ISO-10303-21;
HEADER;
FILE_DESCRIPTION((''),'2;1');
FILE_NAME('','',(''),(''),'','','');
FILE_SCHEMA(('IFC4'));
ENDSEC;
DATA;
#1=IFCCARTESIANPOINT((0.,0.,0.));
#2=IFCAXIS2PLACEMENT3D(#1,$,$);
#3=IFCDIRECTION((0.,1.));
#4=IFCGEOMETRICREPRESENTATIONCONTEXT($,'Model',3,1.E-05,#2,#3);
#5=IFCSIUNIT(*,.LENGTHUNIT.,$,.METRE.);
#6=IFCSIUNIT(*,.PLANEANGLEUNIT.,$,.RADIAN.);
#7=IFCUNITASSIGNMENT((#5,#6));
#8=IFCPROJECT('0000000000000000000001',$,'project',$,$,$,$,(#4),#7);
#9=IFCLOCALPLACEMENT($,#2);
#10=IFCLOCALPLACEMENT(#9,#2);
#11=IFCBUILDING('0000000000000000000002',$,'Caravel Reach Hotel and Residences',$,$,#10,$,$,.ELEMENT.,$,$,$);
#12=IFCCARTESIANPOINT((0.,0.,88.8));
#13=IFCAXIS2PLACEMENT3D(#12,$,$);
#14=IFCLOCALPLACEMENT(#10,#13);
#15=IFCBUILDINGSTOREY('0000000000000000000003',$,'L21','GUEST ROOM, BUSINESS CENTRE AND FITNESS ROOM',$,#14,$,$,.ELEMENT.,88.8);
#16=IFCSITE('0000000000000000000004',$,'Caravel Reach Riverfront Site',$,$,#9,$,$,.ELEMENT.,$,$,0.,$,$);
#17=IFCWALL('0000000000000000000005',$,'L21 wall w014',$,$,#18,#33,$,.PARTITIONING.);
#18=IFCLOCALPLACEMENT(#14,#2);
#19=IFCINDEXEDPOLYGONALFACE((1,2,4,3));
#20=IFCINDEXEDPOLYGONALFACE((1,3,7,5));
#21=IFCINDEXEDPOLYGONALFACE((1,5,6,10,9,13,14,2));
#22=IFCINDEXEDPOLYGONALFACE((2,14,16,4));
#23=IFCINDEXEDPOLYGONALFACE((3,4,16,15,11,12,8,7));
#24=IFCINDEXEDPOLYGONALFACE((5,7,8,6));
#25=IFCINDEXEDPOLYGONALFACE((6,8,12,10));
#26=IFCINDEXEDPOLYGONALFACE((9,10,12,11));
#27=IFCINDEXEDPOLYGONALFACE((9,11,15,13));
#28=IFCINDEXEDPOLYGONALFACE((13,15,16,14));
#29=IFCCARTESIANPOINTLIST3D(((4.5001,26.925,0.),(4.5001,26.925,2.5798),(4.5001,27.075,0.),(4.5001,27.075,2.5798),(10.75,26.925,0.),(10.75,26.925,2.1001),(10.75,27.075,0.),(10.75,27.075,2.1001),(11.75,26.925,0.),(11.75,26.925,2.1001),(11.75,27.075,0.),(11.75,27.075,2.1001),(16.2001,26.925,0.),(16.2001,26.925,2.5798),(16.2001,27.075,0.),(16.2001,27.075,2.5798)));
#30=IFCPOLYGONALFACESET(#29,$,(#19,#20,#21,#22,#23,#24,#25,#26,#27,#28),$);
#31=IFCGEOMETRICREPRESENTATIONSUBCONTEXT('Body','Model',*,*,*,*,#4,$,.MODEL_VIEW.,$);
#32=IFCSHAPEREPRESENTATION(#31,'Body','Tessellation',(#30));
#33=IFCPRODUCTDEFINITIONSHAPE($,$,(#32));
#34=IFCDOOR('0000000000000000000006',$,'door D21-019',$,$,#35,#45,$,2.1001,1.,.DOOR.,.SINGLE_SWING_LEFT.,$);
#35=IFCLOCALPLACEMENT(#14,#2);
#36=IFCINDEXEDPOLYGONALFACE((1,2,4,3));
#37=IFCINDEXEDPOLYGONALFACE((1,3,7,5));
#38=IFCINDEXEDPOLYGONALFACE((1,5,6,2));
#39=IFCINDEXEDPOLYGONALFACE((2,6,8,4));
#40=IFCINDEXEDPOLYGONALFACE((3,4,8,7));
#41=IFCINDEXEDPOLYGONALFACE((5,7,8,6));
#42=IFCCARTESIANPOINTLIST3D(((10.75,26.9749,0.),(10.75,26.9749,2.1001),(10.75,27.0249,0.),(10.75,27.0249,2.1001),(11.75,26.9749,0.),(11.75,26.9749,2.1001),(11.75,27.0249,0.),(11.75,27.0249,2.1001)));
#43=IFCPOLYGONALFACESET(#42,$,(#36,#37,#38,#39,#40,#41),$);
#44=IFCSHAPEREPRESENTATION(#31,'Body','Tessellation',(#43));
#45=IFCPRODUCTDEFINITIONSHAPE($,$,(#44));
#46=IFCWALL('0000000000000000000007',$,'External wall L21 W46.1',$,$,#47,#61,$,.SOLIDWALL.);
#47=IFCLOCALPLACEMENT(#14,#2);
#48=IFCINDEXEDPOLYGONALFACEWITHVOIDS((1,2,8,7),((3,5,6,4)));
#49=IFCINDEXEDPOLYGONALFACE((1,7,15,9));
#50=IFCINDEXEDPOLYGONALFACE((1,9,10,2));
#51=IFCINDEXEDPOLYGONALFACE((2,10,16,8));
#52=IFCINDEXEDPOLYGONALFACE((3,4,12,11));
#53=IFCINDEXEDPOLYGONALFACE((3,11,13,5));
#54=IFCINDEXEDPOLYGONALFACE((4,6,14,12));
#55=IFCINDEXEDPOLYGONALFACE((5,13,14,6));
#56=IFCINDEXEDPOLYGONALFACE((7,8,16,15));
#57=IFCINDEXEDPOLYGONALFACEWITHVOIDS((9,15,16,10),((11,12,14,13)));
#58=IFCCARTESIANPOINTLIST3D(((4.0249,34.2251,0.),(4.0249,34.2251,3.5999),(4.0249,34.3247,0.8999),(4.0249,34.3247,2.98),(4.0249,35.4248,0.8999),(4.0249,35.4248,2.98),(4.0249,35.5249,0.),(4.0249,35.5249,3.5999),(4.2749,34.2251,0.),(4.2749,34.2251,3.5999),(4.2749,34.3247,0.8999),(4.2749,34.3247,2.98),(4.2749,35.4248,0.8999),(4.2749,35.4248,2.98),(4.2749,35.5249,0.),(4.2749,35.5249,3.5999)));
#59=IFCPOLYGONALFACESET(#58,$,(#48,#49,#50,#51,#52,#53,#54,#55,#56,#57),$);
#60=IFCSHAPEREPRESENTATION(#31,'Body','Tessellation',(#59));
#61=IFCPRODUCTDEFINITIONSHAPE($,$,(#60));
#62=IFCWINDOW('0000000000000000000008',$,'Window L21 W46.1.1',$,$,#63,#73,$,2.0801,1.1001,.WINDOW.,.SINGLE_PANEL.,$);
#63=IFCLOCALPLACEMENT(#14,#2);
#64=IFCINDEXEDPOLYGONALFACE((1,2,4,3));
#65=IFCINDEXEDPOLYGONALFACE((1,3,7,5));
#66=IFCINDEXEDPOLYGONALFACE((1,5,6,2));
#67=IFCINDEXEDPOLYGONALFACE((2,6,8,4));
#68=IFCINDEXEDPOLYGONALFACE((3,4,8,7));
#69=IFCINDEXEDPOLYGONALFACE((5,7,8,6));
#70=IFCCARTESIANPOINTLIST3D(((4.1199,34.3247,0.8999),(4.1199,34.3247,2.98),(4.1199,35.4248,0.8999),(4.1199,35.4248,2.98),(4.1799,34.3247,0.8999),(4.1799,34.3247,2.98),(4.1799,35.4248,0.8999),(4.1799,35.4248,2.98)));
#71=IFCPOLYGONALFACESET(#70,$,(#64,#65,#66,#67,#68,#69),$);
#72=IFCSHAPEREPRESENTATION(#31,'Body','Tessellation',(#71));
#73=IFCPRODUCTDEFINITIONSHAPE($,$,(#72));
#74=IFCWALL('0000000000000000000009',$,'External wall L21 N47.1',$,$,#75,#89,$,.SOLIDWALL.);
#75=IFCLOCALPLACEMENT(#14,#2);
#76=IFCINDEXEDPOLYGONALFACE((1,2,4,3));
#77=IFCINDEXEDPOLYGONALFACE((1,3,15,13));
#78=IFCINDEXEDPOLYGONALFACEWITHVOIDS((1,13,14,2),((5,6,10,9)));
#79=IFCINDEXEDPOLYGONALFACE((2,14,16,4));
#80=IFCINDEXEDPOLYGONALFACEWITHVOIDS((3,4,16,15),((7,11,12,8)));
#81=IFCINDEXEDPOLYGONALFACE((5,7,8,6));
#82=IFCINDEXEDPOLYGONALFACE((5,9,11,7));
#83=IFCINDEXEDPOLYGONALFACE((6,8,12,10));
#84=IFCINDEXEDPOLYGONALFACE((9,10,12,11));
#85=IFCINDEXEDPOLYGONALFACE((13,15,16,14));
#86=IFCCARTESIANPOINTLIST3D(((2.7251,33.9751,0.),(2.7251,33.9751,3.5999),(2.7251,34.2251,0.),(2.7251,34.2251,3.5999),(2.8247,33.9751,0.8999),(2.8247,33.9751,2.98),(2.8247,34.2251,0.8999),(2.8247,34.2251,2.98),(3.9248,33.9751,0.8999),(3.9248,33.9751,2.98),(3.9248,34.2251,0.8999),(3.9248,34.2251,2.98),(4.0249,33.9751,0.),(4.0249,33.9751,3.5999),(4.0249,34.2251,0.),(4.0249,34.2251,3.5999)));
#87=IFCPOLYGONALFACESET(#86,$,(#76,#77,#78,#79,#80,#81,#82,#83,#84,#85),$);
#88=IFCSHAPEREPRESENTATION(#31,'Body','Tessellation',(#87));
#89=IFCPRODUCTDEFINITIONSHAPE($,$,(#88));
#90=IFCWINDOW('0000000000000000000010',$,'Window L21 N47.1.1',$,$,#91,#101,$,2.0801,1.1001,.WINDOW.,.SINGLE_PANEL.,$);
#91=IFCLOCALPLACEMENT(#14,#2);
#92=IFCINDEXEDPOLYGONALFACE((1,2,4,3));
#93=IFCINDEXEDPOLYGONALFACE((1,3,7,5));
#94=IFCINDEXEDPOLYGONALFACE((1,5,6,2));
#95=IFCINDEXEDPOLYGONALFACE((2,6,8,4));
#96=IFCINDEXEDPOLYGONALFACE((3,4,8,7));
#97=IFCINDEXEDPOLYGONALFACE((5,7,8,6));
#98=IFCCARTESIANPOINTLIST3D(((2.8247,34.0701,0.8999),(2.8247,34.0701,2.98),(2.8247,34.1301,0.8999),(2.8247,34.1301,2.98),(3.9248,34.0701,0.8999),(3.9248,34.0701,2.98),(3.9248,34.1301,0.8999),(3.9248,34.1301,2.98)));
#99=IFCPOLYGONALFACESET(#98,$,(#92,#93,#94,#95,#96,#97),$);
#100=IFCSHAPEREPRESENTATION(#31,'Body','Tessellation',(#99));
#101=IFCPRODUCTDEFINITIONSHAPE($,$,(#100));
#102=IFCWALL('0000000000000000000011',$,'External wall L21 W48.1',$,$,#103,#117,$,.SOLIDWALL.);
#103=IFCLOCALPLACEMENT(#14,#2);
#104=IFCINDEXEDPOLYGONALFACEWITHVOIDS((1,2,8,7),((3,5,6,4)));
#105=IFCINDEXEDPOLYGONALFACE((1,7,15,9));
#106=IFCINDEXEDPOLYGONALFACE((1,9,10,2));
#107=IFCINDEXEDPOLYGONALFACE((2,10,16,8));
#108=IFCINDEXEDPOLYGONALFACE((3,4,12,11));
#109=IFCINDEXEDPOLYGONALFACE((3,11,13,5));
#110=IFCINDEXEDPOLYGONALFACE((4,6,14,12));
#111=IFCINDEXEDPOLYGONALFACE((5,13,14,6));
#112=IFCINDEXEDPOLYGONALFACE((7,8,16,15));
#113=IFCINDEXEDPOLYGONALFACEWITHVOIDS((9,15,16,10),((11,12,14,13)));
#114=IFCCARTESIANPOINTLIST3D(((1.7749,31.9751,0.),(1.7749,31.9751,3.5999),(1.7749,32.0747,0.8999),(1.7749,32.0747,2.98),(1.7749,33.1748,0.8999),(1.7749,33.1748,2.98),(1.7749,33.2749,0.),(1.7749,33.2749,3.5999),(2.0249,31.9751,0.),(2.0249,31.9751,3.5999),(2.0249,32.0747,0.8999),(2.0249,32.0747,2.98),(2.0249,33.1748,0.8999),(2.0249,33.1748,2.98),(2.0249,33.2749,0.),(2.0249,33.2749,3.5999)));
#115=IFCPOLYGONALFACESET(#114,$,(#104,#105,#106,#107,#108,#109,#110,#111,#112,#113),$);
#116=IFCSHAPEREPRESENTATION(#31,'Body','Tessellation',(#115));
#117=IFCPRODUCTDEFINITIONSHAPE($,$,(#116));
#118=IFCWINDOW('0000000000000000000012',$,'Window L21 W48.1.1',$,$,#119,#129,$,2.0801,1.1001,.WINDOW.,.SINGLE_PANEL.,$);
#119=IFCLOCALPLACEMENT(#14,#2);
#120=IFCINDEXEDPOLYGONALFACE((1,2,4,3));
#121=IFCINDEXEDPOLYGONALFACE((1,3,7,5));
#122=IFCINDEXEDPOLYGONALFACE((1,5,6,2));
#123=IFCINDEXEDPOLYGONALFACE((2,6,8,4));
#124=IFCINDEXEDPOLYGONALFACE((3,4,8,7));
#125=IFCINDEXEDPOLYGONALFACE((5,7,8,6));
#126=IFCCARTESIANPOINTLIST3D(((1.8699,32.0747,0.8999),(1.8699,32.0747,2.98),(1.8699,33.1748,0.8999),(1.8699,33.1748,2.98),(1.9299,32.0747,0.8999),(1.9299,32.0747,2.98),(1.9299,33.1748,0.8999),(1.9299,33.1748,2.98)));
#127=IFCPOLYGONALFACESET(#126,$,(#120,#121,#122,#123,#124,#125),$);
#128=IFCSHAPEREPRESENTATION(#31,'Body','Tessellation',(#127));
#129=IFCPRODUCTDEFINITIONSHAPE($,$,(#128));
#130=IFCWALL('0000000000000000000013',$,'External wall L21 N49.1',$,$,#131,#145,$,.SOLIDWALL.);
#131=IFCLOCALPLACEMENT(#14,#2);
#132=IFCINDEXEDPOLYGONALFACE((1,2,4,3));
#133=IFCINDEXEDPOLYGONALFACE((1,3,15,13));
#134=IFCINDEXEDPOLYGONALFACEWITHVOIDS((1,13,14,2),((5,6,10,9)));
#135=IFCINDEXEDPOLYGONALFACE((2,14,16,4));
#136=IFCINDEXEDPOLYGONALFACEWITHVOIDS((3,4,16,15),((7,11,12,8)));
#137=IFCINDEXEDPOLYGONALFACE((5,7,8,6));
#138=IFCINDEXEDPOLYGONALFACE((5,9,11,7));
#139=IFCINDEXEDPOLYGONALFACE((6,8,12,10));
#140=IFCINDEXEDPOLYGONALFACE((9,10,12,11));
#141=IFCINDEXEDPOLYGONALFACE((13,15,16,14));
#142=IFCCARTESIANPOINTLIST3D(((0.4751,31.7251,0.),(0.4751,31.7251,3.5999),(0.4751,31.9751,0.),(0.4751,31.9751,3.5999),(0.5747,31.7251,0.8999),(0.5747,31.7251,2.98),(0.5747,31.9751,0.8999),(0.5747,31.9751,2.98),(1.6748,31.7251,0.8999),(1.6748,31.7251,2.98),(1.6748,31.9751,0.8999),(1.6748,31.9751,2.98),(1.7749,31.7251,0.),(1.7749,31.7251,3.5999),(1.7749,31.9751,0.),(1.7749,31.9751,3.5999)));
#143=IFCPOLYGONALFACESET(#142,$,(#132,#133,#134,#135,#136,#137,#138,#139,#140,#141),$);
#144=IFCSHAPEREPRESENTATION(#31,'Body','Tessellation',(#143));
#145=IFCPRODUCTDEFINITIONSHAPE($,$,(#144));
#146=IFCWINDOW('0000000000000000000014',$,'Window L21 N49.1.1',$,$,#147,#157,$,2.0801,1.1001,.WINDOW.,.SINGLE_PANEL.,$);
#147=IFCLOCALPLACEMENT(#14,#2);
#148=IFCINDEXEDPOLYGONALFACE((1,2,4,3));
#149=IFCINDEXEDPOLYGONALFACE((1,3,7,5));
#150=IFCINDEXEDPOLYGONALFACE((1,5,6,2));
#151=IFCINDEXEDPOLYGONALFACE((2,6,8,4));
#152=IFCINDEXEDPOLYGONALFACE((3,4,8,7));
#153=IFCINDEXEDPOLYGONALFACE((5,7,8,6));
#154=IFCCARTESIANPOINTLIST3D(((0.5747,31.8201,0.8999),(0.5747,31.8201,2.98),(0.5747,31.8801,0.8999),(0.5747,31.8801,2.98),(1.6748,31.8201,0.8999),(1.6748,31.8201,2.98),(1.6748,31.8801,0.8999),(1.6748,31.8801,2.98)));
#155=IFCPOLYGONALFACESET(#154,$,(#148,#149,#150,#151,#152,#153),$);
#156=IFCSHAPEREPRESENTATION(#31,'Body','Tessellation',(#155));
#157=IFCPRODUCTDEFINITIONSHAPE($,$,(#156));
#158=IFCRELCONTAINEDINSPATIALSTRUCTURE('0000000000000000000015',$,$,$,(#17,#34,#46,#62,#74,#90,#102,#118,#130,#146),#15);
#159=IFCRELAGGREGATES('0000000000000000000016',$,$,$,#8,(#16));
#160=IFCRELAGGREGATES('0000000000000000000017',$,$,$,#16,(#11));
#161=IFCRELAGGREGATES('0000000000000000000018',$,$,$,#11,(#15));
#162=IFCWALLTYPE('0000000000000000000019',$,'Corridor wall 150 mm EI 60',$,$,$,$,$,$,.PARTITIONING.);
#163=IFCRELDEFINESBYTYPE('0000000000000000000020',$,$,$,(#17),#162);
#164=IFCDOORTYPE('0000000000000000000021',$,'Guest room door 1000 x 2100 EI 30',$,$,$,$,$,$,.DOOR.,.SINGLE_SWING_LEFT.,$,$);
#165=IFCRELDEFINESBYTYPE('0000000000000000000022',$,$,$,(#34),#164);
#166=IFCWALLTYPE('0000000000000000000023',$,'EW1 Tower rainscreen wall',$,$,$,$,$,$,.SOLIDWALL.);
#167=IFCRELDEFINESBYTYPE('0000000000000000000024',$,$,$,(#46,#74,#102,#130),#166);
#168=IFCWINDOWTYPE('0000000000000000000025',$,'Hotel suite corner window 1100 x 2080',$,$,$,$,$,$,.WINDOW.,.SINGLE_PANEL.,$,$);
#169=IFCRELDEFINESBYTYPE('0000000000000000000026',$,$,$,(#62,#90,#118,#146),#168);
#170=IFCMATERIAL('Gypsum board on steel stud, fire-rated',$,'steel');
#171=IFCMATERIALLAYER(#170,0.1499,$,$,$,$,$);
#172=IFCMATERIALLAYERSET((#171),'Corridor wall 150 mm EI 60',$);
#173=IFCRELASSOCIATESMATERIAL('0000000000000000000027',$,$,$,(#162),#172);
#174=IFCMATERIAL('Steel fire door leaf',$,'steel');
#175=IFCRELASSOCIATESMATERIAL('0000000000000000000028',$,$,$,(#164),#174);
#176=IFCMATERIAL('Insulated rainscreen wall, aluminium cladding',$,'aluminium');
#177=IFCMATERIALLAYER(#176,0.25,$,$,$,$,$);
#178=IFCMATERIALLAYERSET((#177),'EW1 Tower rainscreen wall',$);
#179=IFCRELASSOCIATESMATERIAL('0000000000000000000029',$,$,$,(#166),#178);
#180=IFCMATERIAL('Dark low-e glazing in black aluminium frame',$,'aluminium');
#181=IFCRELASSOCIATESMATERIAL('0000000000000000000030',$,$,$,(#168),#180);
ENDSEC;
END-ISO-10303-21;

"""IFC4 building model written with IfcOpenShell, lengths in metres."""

from ifc_helpers import new_model, si_unit, direction, frame, frame_2d, origin, place, context, subcontext, project, spatial, rectangle, extrude, material, layer, layer_set, type_object, element, fill, save


model = new_model("IFC4")

# Units and contexts
model_context = context("Model", 3, precision=1e-05, world=origin(), true_north=direction((0.0, 1.0)))
body_context = subcontext(model_context, "Body", "Model", "MODEL_VIEW")
ifc_project = project(units=[si_unit("LENGTHUNIT", "METRE"), si_unit("PLANEANGLEUNIT", "RADIAN")], contexts=[model_context])

# Site, building, storey
site_placement = place(None, origin())
site = spatial("IfcSite", under=ifc_project, at=site_placement, Name="Caravel Reach Riverfront Site", CompositionType="ELEMENT", RefElevation=0.0)
building_placement = place(site_placement, origin())
building = spatial("IfcBuilding", under=site, at=building_placement, Name="Caravel Reach Hotel and Residences", CompositionType="ELEMENT")
storey_placement = place(building_placement, frame((0.0, 0.0, 88.8)))
storey = spatial("IfcBuildingStorey", under=building, at=storey_placement, Name="L21", Description="GUEST ROOM, BUSINESS CENTRE AND FITNESS ROOM", CompositionType="ELEMENT", Elevation=88.8)

# Wall, opening, door
ifc_material_1 = material(Name="Gypsum board on steel stud, fire-rated", Category="steel")
ifc_layer_1 = layer(ifc_material_1, 0.1499)
ifc_layer_set_1 = layer_set([ifc_layer_1], Name="Corridor wall 150 mm EI 60")
wall_type_1 = type_object("IfcWallType", Name="Corridor wall 150 mm EI 60", PredefinedType="PARTITIONING", material=ifc_layer_set_1)
wall_1_placement = place(storey_placement, frame((4.5, 27.0, 0.0), z_axis=(0.0, 0.0, 1.0), x_axis=(1.0, 0.0, 0.0)))
wall_1 = element("IfcWall", 1, at=wall_1_placement, inside=storey, type_object=wall_type_1, Name="L21 wall w014", PredefinedType="PARTITIONING", context=body_context, shape_type="SweptSolid", body=[
    extrude(rectangle(XDim=11.7, YDim=0.1499, at=frame_2d((5.8501, 0.0))), origin(), (0.0, 0.0, 1.0), 2.5798),
])
opening_1_placement = place(wall_1_placement, frame((6.25, 0.0, 0.0)))
opening_1 = element("IfcOpeningElement", 2, at=opening_1_placement, cuts=wall_1, PredefinedType="OPENING", context=body_context, shape_type="SweptSolid", body=[
    extrude(rectangle(XDim=1.0, YDim=2.1001, at=frame_2d((0.5, 1.05))), frame((0.0, 0.085, 0.0), z_axis=(0.0, -1.0, 0.0), x_axis=(1.0, 0.0, 0.0)), (0.0, 0.0, 1.0), 0.1699),
])
ifc_material_2 = material(Name="Steel fire door leaf", Category="steel")
door_type_1 = type_object("IfcDoorType", Name="Guest room door 1000 x 2100 EI 30", OperationType="SINGLE_SWING_LEFT", PredefinedType="DOOR", material=ifc_material_2)
door_1_placement = place(opening_1_placement, origin())
door_1 = element("IfcDoor", 3, at=door_1_placement, inside=storey, type_object=door_type_1, Name="door D21-019", OperationType="SINGLE_SWING_LEFT", OverallHeight=2.1001, OverallWidth=1.0, PredefinedType="DOOR", context=body_context, shape_type="SweptSolid", body=[
    extrude(rectangle(XDim=1.0, YDim=2.1001, at=frame_2d((0.5, 1.05))), frame((0.0, 0.0249, 0.0), z_axis=(0.0, -1.0, 0.0), x_axis=(1.0, 0.0, 0.0)), (0.0, 0.0, 1.0), 0.05),
])
fill(opening_1, door_1)

# Walls, openings, windows
ifc_material_3 = material(Name="Insulated rainscreen wall, aluminium cladding", Category="aluminium")
ifc_layer_2 = layer(ifc_material_3, 0.25)
ifc_layer_set_2 = layer_set([ifc_layer_2], Name="EW1 Tower rainscreen wall")
wall_type_2 = type_object("IfcWallType", Name="EW1 Tower rainscreen wall", PredefinedType="SOLIDWALL", material=ifc_layer_set_2)
wall_2_placement = place(storey_placement, frame((4.1499, 35.5249, 0.0), z_axis=(0.0, 0.0, 1.0), x_axis=(0.0, -1.0, 0.0)))
wall_2 = element("IfcWall", 4, at=wall_2_placement, inside=storey, type_object=wall_type_2, Name="External wall L21 W46.1", PredefinedType="SOLIDWALL", context=body_context, shape_type="SweptSolid", body=[
    extrude(rectangle(XDim=1.2998, YDim=0.25, at=frame_2d((0.6499, 0.0))), origin(), (0.0, 0.0, 1.0), 3.5999),
])
opening_2_placement = place(wall_2_placement, frame((0.1001, 0.0, 0.8999)))
opening_2 = element("IfcOpeningElement", 5, at=opening_2_placement, cuts=wall_2, PredefinedType="OPENING", context=body_context, shape_type="SweptSolid", body=[
    extrude(rectangle(XDim=1.1001, YDim=2.0801, at=frame_2d((0.55, 1.04))), frame((0.0, 0.135, 0.0), z_axis=(0.0, -1.0, 0.0), x_axis=(1.0, 0.0, 0.0)), (0.0, 0.0, 1.0), 0.27),
])
ifc_material_4 = material(Name="Dark low-e glazing in black aluminium frame", Category="aluminium")
window_type_1 = type_object("IfcWindowType", Name="Hotel suite corner window 1100 x 2080", PartitioningType="SINGLE_PANEL", PredefinedType="WINDOW", material=ifc_material_4)
window_1_placement = place(opening_2_placement, origin())
window_1 = element("IfcWindow", 6, at=window_1_placement, inside=storey, type_object=window_type_1, Name="Window L21 W46.1.1", OverallHeight=2.0801, OverallWidth=1.1001, PartitioningType="SINGLE_PANEL", PredefinedType="WINDOW", context=body_context, shape_type="SweptSolid", body=[
    extrude(rectangle(XDim=1.1001, YDim=2.0801, at=frame_2d((0.55, 1.04))), frame((0.0, 0.03, 0.0), z_axis=(0.0, -1.0, 0.0), x_axis=(1.0, 0.0, 0.0)), (0.0, 0.0, 1.0), 0.0601),
])
fill(opening_2, window_1)
wall_3_placement = place(storey_placement, frame((4.0249, 34.1001, 0.0), z_axis=(0.0, 0.0, 1.0), x_axis=(-1.0, 0.0, 0.0)))
wall_3 = element("IfcWall", 7, at=wall_3_placement, inside=storey, type_object=wall_type_2, Name="External wall L21 N47.1", PredefinedType="SOLIDWALL", context=body_context, shape_type="SweptSolid", body=[
    extrude(rectangle(XDim=1.2998, YDim=0.25, at=frame_2d((0.6499, 0.0))), origin(), (0.0, 0.0, 1.0), 3.5999),
])
opening_3_placement = place(wall_3_placement, frame((0.1001, 0.0, 0.8999)))
opening_3 = element("IfcOpeningElement", 8, at=opening_3_placement, cuts=wall_3, PredefinedType="OPENING", context=body_context, shape_type="SweptSolid", body=[
    extrude(rectangle(XDim=1.1001, YDim=2.0801, at=frame_2d((0.55, 1.04))), frame((0.0, 0.135, 0.0), z_axis=(0.0, -1.0, 0.0), x_axis=(1.0, 0.0, 0.0)), (0.0, 0.0, 1.0), 0.27),
])
window_2_placement = place(opening_3_placement, origin())
window_2 = element("IfcWindow", 9, at=window_2_placement, inside=storey, type_object=window_type_1, Name="Window L21 N47.1.1", OverallHeight=2.0801, OverallWidth=1.1001, PartitioningType="SINGLE_PANEL", PredefinedType="WINDOW", context=body_context, shape_type="SweptSolid", body=[
    extrude(rectangle(XDim=1.1001, YDim=2.0801, at=frame_2d((0.55, 1.04))), frame((0.0, 0.03, 0.0), z_axis=(0.0, -1.0, 0.0), x_axis=(1.0, 0.0, 0.0)), (0.0, 0.0, 1.0), 0.0601),
])
fill(opening_3, window_2)
wall_4_placement = place(storey_placement, frame((1.8999, 33.2749, 0.0), z_axis=(0.0, 0.0, 1.0), x_axis=(0.0, -1.0, 0.0)))
wall_4 = element("IfcWall", 10, at=wall_4_placement, inside=storey, type_object=wall_type_2, Name="External wall L21 W48.1", PredefinedType="SOLIDWALL", context=body_context, shape_type="SweptSolid", body=[
    extrude(rectangle(XDim=1.2998, YDim=0.25, at=frame_2d((0.6499, 0.0))), origin(), (0.0, 0.0, 1.0), 3.5999),
])
opening_4_placement = place(wall_4_placement, frame((0.1001, 0.0, 0.8999)))
opening_4 = element("IfcOpeningElement", 11, at=opening_4_placement, cuts=wall_4, PredefinedType="OPENING", context=body_context, shape_type="SweptSolid", body=[
    extrude(rectangle(XDim=1.1001, YDim=2.0801, at=frame_2d((0.55, 1.04))), frame((0.0, 0.135, 0.0), z_axis=(0.0, -1.0, 0.0), x_axis=(1.0, 0.0, 0.0)), (0.0, 0.0, 1.0), 0.27),
])
window_3_placement = place(opening_4_placement, origin())
window_3 = element("IfcWindow", 12, at=window_3_placement, inside=storey, type_object=window_type_1, Name="Window L21 W48.1.1", OverallHeight=2.0801, OverallWidth=1.1001, PartitioningType="SINGLE_PANEL", PredefinedType="WINDOW", context=body_context, shape_type="SweptSolid", body=[
    extrude(rectangle(XDim=1.1001, YDim=2.0801, at=frame_2d((0.55, 1.04))), frame((0.0, 0.03, 0.0), z_axis=(0.0, -1.0, 0.0), x_axis=(1.0, 0.0, 0.0)), (0.0, 0.0, 1.0), 0.0601),
])
fill(opening_4, window_3)
wall_5_placement = place(storey_placement, frame((1.7749, 31.8501, 0.0), z_axis=(0.0, 0.0, 1.0), x_axis=(-1.0, 0.0, 0.0)))
wall_5 = element("IfcWall", 13, at=wall_5_placement, inside=storey, type_object=wall_type_2, Name="External wall L21 N49.1", PredefinedType="SOLIDWALL", context=body_context, shape_type="SweptSolid", body=[
    extrude(rectangle(XDim=1.2998, YDim=0.25, at=frame_2d((0.6499, 0.0))), origin(), (0.0, 0.0, 1.0), 3.5999),
])
opening_5_placement = place(wall_5_placement, frame((0.1001, 0.0, 0.8999)))
opening_5 = element("IfcOpeningElement", 14, at=opening_5_placement, cuts=wall_5, PredefinedType="OPENING", context=body_context, shape_type="SweptSolid", body=[
    extrude(rectangle(XDim=1.1001, YDim=2.0801, at=frame_2d((0.55, 1.04))), frame((0.0, 0.135, 0.0), z_axis=(0.0, -1.0, 0.0), x_axis=(1.0, 0.0, 0.0)), (0.0, 0.0, 1.0), 0.27),
])
window_4_placement = place(opening_5_placement, origin())
window_4 = element("IfcWindow", 15, at=window_4_placement, inside=storey, type_object=window_type_1, Name="Window L21 N49.1.1", OverallHeight=2.0801, OverallWidth=1.1001, PartitioningType="SINGLE_PANEL", PredefinedType="WINDOW", context=body_context, shape_type="SweptSolid", body=[
    extrude(rectangle(XDim=1.1001, YDim=2.0801, at=frame_2d((0.55, 1.04))), frame((0.0, 0.03, 0.0), z_axis=(0.0, -1.0, 0.0), x_axis=(1.0, 0.0, 0.0)), (0.0, 0.0, 1.0), 0.0601),
])
fill(opening_5, window_4)

save(model, "model.ifc")
